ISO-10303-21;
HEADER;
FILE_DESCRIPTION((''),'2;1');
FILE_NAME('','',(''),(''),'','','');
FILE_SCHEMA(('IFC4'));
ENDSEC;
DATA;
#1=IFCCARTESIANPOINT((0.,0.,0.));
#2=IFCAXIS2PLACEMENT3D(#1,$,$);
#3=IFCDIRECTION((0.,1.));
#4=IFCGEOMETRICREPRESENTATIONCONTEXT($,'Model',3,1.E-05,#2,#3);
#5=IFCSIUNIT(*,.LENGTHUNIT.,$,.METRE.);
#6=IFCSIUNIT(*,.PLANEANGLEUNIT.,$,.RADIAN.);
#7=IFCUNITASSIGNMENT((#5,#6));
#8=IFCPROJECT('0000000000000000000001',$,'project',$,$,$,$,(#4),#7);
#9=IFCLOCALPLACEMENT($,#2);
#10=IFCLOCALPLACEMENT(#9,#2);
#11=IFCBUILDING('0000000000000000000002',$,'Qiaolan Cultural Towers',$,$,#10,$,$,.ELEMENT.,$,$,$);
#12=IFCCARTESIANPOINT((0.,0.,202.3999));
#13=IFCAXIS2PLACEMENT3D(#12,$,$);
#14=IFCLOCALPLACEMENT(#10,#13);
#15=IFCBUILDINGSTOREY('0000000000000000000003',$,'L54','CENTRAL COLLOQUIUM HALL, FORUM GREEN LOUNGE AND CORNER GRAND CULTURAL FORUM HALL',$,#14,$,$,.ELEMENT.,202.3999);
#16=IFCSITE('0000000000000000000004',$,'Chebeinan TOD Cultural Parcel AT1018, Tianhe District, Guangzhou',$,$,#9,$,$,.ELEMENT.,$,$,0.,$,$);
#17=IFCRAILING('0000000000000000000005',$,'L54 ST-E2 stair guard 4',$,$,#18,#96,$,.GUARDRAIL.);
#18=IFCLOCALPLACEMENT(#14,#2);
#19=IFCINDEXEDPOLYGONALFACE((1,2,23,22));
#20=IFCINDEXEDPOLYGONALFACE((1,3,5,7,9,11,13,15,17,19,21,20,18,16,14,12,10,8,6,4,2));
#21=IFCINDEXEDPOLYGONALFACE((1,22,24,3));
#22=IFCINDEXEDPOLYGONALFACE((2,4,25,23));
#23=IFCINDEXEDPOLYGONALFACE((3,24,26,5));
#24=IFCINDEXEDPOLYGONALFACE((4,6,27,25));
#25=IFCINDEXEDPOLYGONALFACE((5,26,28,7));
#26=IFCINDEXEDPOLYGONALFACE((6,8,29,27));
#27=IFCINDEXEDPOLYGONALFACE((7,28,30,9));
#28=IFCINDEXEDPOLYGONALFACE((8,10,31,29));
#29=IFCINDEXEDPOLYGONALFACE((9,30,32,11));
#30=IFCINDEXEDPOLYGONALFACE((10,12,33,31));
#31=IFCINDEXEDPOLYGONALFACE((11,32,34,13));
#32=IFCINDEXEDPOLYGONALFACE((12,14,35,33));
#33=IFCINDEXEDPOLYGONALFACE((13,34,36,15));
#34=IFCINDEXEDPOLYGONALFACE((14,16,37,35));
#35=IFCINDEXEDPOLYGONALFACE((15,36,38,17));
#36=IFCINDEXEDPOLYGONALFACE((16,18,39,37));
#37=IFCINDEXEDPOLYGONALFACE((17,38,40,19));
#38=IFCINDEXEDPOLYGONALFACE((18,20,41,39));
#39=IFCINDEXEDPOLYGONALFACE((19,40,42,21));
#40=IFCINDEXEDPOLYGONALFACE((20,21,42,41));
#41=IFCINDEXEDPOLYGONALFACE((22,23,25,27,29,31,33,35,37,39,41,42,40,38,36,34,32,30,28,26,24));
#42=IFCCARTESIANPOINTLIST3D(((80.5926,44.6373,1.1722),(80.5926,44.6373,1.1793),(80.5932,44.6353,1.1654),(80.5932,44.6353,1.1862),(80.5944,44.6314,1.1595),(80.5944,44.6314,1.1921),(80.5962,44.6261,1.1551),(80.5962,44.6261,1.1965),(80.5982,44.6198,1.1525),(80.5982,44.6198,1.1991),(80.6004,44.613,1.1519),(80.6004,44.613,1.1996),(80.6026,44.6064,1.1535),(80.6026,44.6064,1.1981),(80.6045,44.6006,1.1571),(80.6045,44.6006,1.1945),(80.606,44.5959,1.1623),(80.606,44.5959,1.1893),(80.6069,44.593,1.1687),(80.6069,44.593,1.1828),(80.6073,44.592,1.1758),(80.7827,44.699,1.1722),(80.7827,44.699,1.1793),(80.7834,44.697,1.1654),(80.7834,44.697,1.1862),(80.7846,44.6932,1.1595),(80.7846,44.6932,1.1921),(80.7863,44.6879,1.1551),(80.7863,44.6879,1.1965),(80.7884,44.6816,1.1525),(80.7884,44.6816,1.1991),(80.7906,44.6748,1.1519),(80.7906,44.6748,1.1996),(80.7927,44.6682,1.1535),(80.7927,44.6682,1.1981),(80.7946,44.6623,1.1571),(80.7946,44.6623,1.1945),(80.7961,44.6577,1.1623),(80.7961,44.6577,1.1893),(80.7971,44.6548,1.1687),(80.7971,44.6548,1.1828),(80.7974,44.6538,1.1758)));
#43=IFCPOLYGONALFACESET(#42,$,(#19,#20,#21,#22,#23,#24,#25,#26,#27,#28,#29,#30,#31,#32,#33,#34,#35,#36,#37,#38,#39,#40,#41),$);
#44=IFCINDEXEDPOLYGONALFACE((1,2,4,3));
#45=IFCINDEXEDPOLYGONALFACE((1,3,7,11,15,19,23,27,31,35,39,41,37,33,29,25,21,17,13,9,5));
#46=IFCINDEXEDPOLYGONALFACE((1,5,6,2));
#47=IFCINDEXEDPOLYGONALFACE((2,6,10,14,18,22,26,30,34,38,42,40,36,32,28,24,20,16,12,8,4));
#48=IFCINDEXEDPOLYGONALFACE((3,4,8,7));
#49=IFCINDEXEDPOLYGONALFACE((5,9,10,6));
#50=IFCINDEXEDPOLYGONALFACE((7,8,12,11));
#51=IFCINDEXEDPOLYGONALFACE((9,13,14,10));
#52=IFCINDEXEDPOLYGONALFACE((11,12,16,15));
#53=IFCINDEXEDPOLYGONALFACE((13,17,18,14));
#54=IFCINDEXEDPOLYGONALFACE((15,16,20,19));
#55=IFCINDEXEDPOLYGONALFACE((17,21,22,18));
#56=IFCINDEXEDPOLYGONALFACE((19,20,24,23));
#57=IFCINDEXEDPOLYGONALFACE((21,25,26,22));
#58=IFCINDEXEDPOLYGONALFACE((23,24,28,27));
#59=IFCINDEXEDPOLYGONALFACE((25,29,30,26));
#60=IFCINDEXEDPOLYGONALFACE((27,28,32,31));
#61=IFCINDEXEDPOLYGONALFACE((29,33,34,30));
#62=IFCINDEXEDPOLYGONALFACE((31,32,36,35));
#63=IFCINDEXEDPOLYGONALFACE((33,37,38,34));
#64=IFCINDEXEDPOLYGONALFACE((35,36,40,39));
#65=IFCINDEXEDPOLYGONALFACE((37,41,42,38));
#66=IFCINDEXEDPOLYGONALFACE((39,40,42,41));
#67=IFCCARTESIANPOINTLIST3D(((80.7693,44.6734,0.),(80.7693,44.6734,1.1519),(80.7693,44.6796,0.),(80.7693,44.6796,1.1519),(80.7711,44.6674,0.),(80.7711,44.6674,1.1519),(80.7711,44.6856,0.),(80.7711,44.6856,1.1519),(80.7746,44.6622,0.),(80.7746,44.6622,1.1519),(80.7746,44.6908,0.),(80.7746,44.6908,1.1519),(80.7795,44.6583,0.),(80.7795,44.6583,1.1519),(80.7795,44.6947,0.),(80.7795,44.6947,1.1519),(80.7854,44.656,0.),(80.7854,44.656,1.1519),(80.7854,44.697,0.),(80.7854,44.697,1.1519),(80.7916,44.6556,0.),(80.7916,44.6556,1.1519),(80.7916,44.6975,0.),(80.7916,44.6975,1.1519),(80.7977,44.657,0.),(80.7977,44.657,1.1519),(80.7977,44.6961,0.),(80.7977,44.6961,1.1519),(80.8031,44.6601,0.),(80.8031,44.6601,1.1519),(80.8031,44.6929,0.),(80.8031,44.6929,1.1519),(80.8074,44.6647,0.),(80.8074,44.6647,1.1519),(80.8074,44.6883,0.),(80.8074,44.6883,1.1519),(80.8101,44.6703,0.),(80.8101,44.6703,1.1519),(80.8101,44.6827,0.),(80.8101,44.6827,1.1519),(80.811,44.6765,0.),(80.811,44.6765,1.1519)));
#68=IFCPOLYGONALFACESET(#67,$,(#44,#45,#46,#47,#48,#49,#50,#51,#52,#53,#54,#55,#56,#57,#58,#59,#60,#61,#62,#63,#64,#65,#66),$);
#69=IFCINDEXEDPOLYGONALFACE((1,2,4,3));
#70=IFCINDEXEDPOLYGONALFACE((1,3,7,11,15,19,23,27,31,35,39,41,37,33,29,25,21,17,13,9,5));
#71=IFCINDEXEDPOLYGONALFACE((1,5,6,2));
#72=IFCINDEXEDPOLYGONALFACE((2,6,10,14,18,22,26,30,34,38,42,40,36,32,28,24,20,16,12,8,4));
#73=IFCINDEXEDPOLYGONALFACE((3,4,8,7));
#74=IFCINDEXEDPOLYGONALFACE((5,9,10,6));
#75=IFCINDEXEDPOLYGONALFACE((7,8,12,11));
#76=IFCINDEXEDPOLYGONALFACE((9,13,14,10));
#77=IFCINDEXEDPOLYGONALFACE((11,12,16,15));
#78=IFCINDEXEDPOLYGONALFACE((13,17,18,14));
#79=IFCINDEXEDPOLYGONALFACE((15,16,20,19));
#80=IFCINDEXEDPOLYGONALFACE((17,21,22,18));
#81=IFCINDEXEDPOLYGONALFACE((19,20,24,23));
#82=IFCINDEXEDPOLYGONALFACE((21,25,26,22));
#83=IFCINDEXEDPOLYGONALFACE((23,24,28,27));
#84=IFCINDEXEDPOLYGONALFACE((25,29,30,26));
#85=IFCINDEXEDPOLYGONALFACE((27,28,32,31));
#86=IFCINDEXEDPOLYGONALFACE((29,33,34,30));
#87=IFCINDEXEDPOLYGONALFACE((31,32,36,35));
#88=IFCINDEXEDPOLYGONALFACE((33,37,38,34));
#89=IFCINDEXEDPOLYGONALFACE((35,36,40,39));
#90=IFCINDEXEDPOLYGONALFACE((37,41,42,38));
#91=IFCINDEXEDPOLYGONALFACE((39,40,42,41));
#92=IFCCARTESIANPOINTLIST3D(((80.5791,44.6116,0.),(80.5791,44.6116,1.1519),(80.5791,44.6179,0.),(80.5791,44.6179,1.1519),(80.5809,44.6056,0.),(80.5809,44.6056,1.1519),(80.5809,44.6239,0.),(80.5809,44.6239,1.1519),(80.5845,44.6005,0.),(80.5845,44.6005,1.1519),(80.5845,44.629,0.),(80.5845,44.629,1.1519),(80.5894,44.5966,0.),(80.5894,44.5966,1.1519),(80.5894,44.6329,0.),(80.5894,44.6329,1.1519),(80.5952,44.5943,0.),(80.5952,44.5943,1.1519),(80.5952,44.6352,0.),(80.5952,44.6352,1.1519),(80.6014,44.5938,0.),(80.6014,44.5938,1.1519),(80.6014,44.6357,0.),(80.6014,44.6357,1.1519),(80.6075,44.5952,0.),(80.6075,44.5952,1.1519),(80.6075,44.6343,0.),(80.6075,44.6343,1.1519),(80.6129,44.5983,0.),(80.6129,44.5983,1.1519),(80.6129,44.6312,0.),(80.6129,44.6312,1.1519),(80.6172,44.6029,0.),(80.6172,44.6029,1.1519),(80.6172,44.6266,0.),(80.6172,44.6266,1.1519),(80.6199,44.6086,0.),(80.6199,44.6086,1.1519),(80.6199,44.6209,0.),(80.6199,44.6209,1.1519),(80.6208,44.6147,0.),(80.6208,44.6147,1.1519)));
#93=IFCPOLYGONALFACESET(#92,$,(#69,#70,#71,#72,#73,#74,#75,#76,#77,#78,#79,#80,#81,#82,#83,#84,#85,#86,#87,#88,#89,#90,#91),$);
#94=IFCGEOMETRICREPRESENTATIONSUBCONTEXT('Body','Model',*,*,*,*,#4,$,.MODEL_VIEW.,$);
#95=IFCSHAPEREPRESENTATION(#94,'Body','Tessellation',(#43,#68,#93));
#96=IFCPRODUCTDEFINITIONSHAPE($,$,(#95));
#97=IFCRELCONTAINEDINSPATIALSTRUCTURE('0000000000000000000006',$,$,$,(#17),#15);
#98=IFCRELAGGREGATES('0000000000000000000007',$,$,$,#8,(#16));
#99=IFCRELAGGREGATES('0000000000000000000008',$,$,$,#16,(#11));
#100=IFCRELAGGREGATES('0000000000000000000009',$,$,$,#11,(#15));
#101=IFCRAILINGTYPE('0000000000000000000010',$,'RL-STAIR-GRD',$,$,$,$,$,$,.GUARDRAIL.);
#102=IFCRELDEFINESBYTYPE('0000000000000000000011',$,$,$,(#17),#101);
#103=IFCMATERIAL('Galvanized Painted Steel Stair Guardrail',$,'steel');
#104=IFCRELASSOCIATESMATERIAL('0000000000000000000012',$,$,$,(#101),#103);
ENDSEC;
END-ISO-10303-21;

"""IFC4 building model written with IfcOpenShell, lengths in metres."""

from ifc_helpers import new_model, si_unit, direction, frame, origin, origin_2d, place, context, subcontext, project, spatial, circle, extrude, material, type_object, element, save


model = new_model("IFC4")

# Units and contexts
model_context = context("Model", 3, precision=1e-05, world=origin(), true_north=direction((0.0, 1.0)))
body_context = subcontext(model_context, "Body", "Model", "MODEL_VIEW")
ifc_project = project(units=[si_unit("LENGTHUNIT", "METRE"), si_unit("PLANEANGLEUNIT", "RADIAN")], contexts=[model_context])

# Site, building, storey
site_placement = place(None, origin())
site = spatial("IfcSite", under=ifc_project, at=site_placement, Name="Chebeinan TOD Cultural Parcel AT1018, Tianhe District, Guangzhou", CompositionType="ELEMENT", RefElevation=0.0)
building_placement = place(site_placement, origin())
building = spatial("IfcBuilding", under=site, at=building_placement, Name="Qiaolan Cultural Towers", CompositionType="ELEMENT")
storey_placement = place(building_placement, frame((0.0, 0.0, 202.3999)))
storey = spatial("IfcBuildingStorey", under=building, at=storey_placement, Name="L54", Description="CENTRAL COLLOQUIUM HALL, FORUM GREEN LOUNGE AND CORNER GRAND CULTURAL FORUM HALL", CompositionType="ELEMENT", Elevation=202.3999)

# Railing
ifc_material_1 = material(Name="Galvanized Painted Steel Stair Guardrail", Category="steel")
railing_type = type_object("IfcRailingType", Name="RL-STAIR-GRD", PredefinedType="GUARDRAIL", material=ifc_material_1)
railing_1_placement = place(storey_placement, frame((80.79, 44.6765, 0.0)))
element("IfcRailing", 1, at=railing_1_placement, inside=storey, type_object=railing_type, Name="L54 ST-E2 stair guard 4", PredefinedType="GUARDRAIL", context=body_context, shape_type="SweptSolid", body=[
    extrude(circle(Radius=0.0239, at=origin_2d()), frame((0.0, 0.0, 1.1758), z_axis=(-0.951097, -0.308893, 0.0), x_axis=(0.308893, -0.951097, 0.0)), (0.0, 0.0, 1.0), 0.2),
    extrude(circle(Radius=0.021, at=origin_2d()), origin(), (0.0, 0.0, 1.0), 1.1519),
    extrude(circle(Radius=0.021, at=origin_2d()), frame((-0.1902, -0.0618, 0.0)), (0.0, 0.0, 1.0), 1.1519),
])

save(model, "model.ifc")
